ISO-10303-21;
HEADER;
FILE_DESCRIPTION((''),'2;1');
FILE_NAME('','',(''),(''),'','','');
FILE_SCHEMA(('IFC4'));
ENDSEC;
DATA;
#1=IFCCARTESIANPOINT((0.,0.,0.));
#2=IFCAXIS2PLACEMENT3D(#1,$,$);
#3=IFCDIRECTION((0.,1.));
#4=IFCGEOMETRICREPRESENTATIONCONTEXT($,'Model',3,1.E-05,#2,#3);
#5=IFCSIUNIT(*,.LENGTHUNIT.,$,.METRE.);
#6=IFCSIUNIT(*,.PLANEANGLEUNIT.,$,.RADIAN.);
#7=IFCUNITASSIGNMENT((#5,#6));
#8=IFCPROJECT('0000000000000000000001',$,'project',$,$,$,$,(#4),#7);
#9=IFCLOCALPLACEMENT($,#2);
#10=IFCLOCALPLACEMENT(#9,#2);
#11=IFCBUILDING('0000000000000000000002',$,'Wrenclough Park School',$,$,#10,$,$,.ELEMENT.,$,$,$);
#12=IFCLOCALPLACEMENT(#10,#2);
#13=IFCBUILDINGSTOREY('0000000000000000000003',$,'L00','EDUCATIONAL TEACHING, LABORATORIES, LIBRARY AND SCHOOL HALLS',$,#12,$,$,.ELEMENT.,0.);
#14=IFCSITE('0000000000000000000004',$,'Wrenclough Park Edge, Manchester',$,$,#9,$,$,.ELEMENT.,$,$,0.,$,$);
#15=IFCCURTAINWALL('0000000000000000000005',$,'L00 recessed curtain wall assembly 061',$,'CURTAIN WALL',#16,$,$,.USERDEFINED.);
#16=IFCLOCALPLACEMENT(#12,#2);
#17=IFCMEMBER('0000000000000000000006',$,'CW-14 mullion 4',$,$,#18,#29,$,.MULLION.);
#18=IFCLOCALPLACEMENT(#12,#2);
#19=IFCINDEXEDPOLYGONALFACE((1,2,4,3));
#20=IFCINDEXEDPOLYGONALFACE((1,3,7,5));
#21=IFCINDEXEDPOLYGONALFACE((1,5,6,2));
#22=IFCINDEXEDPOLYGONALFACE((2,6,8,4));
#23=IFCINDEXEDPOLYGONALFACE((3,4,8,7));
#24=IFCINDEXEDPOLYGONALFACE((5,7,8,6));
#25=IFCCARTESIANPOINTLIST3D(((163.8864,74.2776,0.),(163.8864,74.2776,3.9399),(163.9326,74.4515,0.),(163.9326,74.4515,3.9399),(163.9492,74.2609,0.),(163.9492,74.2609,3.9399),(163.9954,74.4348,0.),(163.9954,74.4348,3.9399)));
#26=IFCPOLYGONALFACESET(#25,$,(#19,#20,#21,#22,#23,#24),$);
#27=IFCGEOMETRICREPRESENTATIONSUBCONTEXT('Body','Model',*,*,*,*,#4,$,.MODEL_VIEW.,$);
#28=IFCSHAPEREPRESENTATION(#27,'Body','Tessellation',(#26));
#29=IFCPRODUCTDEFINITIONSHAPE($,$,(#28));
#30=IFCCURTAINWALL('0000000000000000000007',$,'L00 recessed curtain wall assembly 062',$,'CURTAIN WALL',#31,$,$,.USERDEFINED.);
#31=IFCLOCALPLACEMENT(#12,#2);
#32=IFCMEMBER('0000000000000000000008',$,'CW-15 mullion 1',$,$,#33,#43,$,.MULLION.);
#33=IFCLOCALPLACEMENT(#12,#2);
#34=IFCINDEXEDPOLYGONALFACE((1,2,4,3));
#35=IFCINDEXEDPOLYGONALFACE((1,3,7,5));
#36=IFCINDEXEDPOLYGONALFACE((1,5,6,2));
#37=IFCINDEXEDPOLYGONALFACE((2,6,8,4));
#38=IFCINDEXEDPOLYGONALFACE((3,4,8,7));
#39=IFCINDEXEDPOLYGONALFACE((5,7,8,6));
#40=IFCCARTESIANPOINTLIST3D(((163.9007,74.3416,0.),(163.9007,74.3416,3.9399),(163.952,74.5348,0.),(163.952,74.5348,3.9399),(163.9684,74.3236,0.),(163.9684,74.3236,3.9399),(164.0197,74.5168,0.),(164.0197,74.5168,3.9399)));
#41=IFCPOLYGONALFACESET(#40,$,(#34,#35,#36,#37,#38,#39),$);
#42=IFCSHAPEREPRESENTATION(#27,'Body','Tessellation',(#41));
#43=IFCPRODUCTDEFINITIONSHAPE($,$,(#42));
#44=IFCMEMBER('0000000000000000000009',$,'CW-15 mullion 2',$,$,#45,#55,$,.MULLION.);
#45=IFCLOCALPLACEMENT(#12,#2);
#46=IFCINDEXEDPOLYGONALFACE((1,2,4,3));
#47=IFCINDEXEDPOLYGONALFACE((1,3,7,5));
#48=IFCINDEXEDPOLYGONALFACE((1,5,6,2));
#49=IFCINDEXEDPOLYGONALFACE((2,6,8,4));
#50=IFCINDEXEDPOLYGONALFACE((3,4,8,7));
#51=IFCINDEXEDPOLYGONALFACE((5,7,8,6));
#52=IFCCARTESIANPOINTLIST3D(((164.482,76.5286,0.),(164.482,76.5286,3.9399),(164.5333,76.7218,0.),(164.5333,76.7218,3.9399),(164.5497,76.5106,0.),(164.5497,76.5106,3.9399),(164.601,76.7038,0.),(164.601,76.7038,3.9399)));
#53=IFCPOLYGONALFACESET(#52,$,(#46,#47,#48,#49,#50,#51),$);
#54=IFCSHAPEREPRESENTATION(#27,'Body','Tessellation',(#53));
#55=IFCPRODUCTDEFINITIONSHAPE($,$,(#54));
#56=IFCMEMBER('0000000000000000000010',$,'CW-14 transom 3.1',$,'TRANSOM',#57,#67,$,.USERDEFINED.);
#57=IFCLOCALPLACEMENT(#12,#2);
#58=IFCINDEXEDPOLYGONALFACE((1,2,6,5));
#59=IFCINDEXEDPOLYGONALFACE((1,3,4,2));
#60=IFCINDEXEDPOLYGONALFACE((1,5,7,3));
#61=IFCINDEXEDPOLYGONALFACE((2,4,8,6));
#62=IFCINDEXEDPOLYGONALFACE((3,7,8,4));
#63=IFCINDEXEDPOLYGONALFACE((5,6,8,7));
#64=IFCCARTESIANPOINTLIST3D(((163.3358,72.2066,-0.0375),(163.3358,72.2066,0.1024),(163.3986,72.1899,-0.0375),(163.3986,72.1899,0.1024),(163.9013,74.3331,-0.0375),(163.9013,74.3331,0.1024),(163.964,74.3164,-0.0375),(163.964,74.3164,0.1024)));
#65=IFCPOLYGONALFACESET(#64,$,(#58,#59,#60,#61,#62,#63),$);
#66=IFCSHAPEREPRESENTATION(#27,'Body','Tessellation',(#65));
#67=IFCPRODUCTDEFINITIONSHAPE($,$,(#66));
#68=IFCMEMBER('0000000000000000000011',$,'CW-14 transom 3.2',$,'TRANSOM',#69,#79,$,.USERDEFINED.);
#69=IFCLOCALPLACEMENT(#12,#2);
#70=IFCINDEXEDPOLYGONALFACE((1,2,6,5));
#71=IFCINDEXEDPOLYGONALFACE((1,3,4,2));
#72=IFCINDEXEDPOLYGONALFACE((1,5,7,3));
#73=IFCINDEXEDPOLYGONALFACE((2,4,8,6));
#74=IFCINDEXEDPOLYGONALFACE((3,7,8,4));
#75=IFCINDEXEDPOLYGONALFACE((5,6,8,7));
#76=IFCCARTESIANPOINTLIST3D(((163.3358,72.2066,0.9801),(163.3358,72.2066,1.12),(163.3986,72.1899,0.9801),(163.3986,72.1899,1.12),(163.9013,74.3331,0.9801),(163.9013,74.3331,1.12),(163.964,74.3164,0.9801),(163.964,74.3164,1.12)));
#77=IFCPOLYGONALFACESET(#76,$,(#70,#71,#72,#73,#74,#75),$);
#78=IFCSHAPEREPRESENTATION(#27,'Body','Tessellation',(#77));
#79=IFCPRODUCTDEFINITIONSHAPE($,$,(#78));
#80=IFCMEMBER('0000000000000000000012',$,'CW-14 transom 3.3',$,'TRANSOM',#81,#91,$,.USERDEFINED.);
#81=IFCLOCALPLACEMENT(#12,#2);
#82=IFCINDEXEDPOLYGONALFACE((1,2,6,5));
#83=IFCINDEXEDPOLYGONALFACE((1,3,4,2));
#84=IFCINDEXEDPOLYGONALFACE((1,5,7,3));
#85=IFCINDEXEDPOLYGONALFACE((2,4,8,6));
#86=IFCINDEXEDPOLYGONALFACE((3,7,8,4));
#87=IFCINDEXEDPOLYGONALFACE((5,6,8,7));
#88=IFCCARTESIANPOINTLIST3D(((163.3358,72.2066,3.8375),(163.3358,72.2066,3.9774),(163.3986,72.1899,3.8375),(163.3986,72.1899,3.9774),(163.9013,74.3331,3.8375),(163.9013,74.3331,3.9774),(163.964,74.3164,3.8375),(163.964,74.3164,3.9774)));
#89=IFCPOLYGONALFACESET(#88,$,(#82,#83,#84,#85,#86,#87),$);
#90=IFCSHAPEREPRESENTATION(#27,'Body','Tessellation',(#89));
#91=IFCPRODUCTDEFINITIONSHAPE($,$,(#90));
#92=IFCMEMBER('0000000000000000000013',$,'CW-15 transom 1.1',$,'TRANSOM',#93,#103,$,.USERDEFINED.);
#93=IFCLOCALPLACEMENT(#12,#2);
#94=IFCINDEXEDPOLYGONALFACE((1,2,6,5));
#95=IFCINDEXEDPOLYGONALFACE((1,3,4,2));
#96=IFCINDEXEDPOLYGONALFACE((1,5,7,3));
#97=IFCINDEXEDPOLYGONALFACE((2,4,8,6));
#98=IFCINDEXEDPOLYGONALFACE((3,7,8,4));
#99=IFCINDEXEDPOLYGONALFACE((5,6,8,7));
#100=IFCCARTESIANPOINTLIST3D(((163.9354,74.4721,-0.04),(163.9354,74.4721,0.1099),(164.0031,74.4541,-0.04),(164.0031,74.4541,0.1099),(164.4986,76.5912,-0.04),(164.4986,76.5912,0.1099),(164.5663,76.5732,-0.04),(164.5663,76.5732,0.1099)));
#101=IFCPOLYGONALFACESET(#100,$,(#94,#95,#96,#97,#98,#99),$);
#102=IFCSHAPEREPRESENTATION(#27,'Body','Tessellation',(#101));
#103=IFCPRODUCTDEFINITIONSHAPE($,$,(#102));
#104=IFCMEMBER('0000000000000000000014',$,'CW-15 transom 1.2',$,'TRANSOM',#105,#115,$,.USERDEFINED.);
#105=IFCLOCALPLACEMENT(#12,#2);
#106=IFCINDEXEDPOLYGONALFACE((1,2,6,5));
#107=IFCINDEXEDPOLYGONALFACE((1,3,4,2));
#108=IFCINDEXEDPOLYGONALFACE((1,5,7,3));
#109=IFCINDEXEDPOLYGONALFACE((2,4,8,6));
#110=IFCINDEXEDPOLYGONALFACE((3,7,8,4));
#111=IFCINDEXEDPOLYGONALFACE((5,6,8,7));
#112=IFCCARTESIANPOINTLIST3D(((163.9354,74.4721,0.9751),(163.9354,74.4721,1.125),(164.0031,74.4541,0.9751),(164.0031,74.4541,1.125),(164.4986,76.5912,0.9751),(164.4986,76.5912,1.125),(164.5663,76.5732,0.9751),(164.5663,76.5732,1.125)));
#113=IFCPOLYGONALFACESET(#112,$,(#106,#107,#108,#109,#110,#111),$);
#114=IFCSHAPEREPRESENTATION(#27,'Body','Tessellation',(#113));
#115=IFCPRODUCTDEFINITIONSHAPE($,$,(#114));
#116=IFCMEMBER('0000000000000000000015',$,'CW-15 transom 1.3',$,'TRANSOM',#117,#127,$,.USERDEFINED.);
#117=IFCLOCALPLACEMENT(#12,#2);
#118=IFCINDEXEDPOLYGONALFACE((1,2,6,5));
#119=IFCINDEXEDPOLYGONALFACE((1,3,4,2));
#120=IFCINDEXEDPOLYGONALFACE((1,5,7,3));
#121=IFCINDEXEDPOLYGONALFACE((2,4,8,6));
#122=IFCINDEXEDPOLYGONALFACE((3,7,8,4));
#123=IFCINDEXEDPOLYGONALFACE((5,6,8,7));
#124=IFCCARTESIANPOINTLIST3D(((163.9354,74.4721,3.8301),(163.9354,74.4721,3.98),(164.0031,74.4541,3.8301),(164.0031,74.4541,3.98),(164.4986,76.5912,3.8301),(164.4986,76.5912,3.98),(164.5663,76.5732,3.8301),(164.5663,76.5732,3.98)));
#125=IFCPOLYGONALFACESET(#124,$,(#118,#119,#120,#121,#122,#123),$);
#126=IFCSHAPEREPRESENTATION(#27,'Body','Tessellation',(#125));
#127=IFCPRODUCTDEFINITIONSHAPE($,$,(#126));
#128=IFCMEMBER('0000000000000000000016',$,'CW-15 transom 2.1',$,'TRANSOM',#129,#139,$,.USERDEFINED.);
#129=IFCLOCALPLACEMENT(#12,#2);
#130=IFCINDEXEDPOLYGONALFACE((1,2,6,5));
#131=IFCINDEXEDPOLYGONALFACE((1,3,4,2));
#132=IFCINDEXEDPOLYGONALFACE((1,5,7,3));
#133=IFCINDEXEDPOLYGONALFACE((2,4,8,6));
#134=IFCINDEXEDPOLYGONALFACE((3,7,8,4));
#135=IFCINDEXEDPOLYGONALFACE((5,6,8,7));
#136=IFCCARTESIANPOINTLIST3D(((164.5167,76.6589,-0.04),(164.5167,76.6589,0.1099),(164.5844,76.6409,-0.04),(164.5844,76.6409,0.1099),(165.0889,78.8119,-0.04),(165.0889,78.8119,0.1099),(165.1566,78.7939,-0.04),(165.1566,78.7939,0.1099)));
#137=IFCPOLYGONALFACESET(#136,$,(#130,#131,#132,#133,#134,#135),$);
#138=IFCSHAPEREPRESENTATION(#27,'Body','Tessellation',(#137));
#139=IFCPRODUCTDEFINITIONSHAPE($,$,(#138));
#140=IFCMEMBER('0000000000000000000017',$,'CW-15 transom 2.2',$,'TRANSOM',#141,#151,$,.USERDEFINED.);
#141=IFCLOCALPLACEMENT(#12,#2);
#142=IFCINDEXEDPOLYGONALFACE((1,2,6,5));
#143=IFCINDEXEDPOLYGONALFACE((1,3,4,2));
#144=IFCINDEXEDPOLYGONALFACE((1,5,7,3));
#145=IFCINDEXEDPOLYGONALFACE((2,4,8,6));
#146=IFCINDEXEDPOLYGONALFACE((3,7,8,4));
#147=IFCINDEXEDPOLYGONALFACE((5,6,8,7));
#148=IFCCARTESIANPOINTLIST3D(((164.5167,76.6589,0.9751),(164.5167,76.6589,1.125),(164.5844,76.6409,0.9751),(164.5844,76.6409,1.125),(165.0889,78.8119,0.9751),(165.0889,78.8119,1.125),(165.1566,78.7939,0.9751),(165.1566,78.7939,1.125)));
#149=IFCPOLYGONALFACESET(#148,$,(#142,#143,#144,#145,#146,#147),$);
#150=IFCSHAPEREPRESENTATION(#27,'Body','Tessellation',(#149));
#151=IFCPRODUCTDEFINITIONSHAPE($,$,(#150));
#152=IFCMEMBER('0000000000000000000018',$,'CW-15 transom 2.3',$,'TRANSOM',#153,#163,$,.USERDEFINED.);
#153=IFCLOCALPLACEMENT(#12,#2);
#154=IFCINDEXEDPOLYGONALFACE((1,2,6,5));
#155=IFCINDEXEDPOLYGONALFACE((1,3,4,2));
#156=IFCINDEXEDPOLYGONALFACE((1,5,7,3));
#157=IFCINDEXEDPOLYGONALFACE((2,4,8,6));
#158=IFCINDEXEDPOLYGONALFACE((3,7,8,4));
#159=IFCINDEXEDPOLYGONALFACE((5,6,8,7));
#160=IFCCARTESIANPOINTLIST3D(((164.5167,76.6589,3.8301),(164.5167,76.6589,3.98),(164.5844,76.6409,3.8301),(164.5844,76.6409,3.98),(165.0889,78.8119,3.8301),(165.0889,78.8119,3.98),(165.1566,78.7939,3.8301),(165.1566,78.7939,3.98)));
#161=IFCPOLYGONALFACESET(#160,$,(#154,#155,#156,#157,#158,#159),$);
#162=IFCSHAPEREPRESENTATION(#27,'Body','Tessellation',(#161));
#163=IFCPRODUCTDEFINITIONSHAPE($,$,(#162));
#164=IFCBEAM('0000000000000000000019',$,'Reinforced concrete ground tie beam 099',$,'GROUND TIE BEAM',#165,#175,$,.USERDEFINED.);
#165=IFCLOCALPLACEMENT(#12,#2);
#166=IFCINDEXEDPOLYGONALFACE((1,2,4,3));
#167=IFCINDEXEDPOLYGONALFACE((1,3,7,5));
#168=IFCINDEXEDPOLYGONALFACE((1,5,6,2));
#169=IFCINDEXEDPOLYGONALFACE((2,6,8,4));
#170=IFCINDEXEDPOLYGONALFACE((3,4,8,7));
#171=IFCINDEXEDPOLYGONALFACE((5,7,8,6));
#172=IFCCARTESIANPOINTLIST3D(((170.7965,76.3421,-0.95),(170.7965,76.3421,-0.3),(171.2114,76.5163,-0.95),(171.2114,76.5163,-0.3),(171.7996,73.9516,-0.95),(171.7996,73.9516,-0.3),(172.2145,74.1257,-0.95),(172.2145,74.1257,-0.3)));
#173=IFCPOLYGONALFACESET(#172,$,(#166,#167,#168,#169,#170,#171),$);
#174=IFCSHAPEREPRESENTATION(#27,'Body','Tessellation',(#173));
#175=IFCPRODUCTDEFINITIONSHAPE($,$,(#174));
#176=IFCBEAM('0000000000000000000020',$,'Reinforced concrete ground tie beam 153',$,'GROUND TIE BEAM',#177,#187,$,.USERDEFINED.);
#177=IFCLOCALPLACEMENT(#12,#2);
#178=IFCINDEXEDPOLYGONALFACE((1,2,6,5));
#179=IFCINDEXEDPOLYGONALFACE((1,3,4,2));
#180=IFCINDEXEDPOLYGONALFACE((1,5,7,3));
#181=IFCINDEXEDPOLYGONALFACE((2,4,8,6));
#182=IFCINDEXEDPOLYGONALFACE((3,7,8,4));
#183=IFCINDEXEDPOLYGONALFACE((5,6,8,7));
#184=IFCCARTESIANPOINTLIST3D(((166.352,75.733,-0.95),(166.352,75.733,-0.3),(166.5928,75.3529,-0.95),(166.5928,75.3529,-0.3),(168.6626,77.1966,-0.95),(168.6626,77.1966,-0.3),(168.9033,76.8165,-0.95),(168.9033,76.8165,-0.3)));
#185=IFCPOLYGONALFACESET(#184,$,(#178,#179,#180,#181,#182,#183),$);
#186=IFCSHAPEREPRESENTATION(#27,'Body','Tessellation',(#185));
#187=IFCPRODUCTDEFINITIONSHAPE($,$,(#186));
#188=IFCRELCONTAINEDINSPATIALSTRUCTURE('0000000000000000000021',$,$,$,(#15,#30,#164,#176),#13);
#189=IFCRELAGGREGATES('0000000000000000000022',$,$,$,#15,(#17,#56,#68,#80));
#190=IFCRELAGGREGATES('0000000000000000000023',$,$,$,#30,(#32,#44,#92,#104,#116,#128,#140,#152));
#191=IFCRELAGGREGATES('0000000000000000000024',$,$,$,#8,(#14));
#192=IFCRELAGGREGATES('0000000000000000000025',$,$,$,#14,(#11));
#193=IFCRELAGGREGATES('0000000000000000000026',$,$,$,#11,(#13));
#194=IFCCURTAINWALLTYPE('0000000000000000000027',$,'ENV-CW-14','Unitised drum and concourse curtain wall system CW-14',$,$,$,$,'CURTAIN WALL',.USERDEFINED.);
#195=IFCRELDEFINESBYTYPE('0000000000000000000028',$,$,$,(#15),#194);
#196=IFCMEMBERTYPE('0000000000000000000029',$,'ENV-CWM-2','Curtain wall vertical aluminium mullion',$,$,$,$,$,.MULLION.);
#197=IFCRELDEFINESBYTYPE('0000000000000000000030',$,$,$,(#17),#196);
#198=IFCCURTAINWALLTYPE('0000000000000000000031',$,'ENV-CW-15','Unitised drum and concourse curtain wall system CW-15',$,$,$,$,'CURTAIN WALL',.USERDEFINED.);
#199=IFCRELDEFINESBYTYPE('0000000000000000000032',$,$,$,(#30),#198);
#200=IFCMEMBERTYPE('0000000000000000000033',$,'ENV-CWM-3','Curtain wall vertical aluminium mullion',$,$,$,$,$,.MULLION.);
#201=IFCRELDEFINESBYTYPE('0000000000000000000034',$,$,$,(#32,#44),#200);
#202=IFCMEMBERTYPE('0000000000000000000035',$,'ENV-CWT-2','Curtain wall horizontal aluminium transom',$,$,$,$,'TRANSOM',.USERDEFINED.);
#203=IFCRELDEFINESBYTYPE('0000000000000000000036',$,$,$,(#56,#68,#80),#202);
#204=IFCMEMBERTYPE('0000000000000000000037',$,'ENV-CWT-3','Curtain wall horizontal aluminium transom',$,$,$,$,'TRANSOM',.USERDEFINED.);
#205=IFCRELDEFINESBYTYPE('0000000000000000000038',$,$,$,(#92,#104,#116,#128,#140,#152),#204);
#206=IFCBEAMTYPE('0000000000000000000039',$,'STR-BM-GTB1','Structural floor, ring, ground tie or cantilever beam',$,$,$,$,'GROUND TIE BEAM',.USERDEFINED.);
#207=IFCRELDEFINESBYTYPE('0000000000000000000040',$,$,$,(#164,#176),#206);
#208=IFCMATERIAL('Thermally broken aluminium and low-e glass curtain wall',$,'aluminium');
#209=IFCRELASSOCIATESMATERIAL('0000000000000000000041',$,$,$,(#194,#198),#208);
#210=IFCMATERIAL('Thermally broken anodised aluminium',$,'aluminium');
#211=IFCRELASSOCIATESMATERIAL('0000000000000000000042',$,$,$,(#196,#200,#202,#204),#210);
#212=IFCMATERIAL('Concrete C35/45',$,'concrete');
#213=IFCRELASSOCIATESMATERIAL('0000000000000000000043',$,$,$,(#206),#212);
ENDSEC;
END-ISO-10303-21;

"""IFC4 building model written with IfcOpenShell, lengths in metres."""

from ifc_helpers import new_model, si_unit, direction, frame, origin, origin_2d, place, context, subcontext, project, spatial, rectangle, extrude, material, material_profile, profile_set, type_object, element, aggregate, save


model = new_model("IFC4")

# Units and contexts
model_context = context("Model", 3, precision=1e-05, world=origin(), true_north=direction((0.0, 1.0)))
body_context = subcontext(model_context, "Body", "Model", "MODEL_VIEW")
ifc_project = project(units=[si_unit("LENGTHUNIT", "METRE"), si_unit("PLANEANGLEUNIT", "RADIAN")], contexts=[model_context])

# Site, building, storey
site_placement = place(None, origin())
site = spatial("IfcSite", under=ifc_project, at=site_placement, Name="Wrenclough Park Edge, Manchester", CompositionType="ELEMENT", RefElevation=0.0)
building_placement = place(site_placement, origin())
building = spatial("IfcBuilding", under=site, at=building_placement, Name="Wrenclough Park School", CompositionType="ELEMENT")
storey_placement = place(building_placement, origin())
storey = spatial("IfcBuildingStorey", under=building, at=storey_placement, Name="L00", Description="EDUCATIONAL TEACHING, LABORATORIES, LIBRARY AND SCHOOL HALLS", CompositionType="ELEMENT", Elevation=0.0)

# Shared definitions
ifc_material_1 = material(Name="Concrete C35/45", Category="concrete")

# Curtain walls, members
ifc_material_2 = material(Name="Thermally broken aluminium and low-e glass curtain wall", Category="aluminium")
curtain_wall_type_1 = type_object("IfcCurtainWallType", Name="ENV-CW-14", Description="Unitised drum and concourse curtain wall system CW-14", ElementType="CURTAIN WALL", PredefinedType="USERDEFINED", material=ifc_material_2)
curtain_wall_1_placement = place(storey_placement, origin())
curtain_wall_1 = element("IfcCurtainWall", 1, at=curtain_wall_1_placement, inside=storey, type_object=curtain_wall_type_1, Name="L00 recessed curtain wall assembly 061", ObjectType="CURTAIN WALL", PredefinedType="USERDEFINED")
ifc_material_3 = material(Name="Thermally broken anodised aluminium", Category="aluminium")
ifc_material_profile_1 = material_profile(ifc_material_3, rectangle(XDim=0.0649, YDim=0.1799, at=origin_2d()), Name="AL MULLION 65x180")
ifc_profile_set_1 = profile_set([ifc_material_profile_1], Name="Thermally broken anodised aluminium")
member_type_1 = type_object("IfcMemberType", Name="ENV-CWM-2", Description="Curtain wall vertical aluminium mullion", PredefinedType="MULLION", material=ifc_profile_set_1)
member_1_placement = place(storey_placement, frame((163.9409, 74.3562, 0.0), z_axis=(0.0, 0.0, 1.0), x_axis=(-0.966438, 0.2569, 0.0)))
member_1 = element("IfcMember", 2, at=member_1_placement, type_object=member_type_1, Name="CW-14 mullion 4", PredefinedType="MULLION", context=body_context, shape_type="SweptSolid", body=[
    extrude(rectangle(XDim=0.0649, YDim=0.1799, at=origin_2d()), origin(), (0.0, 0.0, 1.0), 3.9399),
])
curtain_wall_type_2 = type_object("IfcCurtainWallType", Name="ENV-CW-15", Description="Unitised drum and concourse curtain wall system CW-15", ElementType="CURTAIN WALL", PredefinedType="USERDEFINED", material=ifc_material_2)
curtain_wall_2_placement = place(storey_placement, origin())
curtain_wall_2 = element("IfcCurtainWall", 3, at=curtain_wall_2_placement, inside=storey, type_object=curtain_wall_type_2, Name="L00 recessed curtain wall assembly 062", ObjectType="CURTAIN WALL", PredefinedType="USERDEFINED")
ifc_material_profile_2 = material_profile(ifc_material_3, rectangle(XDim=0.0701, YDim=0.2, at=origin_2d()), Name="AL MULLION 70x200")
ifc_profile_set_2 = profile_set([ifc_material_profile_2], Name="Thermally broken anodised aluminium")
member_type_2 = type_object("IfcMemberType", Name="ENV-CWM-3", Description="Curtain wall vertical aluminium mullion", PredefinedType="MULLION", material=ifc_profile_set_2)
member_2_placement = place(storey_placement, frame((163.9602, 74.4292, 0.0), z_axis=(0.0, 0.0, 1.0), x_axis=(-0.966439, 0.256896, 0.0)))
member_2 = element("IfcMember", 4, at=member_2_placement, type_object=member_type_2, Name="CW-15 mullion 1", PredefinedType="MULLION", context=body_context, shape_type="SweptSolid", body=[
    extrude(rectangle(XDim=0.0701, YDim=0.2, at=origin_2d()), origin(), (0.0, 0.0, 1.0), 3.9399),
])
member_3_placement = place(storey_placement, frame((164.5415, 76.6162, 0.0), z_axis=(0.0, 0.0, 1.0), x_axis=(-0.966439, 0.256896, 0.0)))
member_3 = element("IfcMember", 5, at=member_3_placement, type_object=member_type_2, Name="CW-15 mullion 2", PredefinedType="MULLION", context=body_context, shape_type="SweptSolid", body=[
    extrude(rectangle(XDim=0.0701, YDim=0.2, at=origin_2d()), origin(), (0.0, 0.0, 1.0), 3.9399),
])

# Members
ifc_material_profile_3 = material_profile(ifc_material_3, rectangle(XDim=0.0649, YDim=0.1399, at=origin_2d()), Name="AL TRANSOM 65x140")
ifc_profile_set_3 = profile_set([ifc_material_profile_3], Name="Thermally broken anodised aluminium")
member_type_3 = type_object("IfcMemberType", Name="ENV-CWT-2", Description="Curtain wall horizontal aluminium transom", ElementType="TRANSOM", PredefinedType="USERDEFINED", material=ifc_profile_set_3)
member_4_placement = place(storey_placement, frame((163.3672, 72.1982, 0.0325), z_axis=(0.256972, 0.966419, 0.0), x_axis=(-0.966419, 0.256972, 0.0)))
member_4 = element("IfcMember", 6, at=member_4_placement, type_object=member_type_3, Name="CW-14 transom 3.1", ObjectType="TRANSOM", PredefinedType="USERDEFINED", context=body_context, shape_type="SweptSolid", body=[
    extrude(rectangle(XDim=0.0649, YDim=0.1399, at=origin_2d()), origin(), (0.0, 0.0, 1.0), 2.2004),
])
member_5_placement = place(storey_placement, frame((163.3672, 72.1982, 1.05), z_axis=(0.256972, 0.966419, 0.0), x_axis=(-0.966419, 0.256972, 0.0)))
member_5 = element("IfcMember", 7, at=member_5_placement, type_object=member_type_3, Name="CW-14 transom 3.2", ObjectType="TRANSOM", PredefinedType="USERDEFINED", context=body_context, shape_type="SweptSolid", body=[
    extrude(rectangle(XDim=0.0649, YDim=0.1399, at=origin_2d()), origin(), (0.0, 0.0, 1.0), 2.2004),
])
member_6_placement = place(storey_placement, frame((163.3672, 72.1982, 3.9075), z_axis=(0.256972, 0.966419, 0.0), x_axis=(-0.966419, 0.256972, 0.0)))
member_6 = element("IfcMember", 8, at=member_6_placement, type_object=member_type_3, Name="CW-14 transom 3.3", ObjectType="TRANSOM", PredefinedType="USERDEFINED", context=body_context, shape_type="SweptSolid", body=[
    extrude(rectangle(XDim=0.0649, YDim=0.1399, at=origin_2d()), origin(), (0.0, 0.0, 1.0), 2.2004),
])
ifc_material_profile_4 = material_profile(ifc_material_3, rectangle(XDim=0.0701, YDim=0.1499, at=origin_2d()), Name="AL TRANSOM 70x150")
ifc_profile_set_4 = profile_set([ifc_material_profile_4], Name="Thermally broken anodised aluminium")
member_type_4 = type_object("IfcMemberType", Name="ENV-CWT-3", Description="Curtain wall horizontal aluminium transom", ElementType="TRANSOM", PredefinedType="USERDEFINED", material=ifc_profile_set_4)
member_7_placement = place(storey_placement, frame((163.9692, 74.4631, 0.0349), z_axis=(0.256866, 0.966447, 0.0), x_axis=(-0.966447, 0.256866, 0.0)))
member_7 = element("IfcMember", 9, at=member_7_placement, type_object=member_type_4, Name="CW-15 transom 1.1", ObjectType="TRANSOM", PredefinedType="USERDEFINED", context=body_context, shape_type="SweptSolid", body=[
    extrude(rectangle(XDim=0.0701, YDim=0.1499, at=origin_2d()), origin(), (0.0, 0.0, 1.0), 2.1926),
])
member_8_placement = place(storey_placement, frame((163.9692, 74.4631, 1.05), z_axis=(0.256866, 0.966447, 0.0), x_axis=(-0.966447, 0.256866, 0.0)))
member_8 = element("IfcMember", 10, at=member_8_placement, type_object=member_type_4, Name="CW-15 transom 1.2", ObjectType="TRANSOM", PredefinedType="USERDEFINED", context=body_context, shape_type="SweptSolid", body=[
    extrude(rectangle(XDim=0.0701, YDim=0.1499, at=origin_2d()), origin(), (0.0, 0.0, 1.0), 2.1926),
])
member_9_placement = place(storey_placement, frame((163.9692, 74.4631, 3.905), z_axis=(0.256866, 0.966447, 0.0), x_axis=(-0.966447, 0.256866, 0.0)))
member_9 = element("IfcMember", 11, at=member_9_placement, type_object=member_type_4, Name="CW-15 transom 1.3", ObjectType="TRANSOM", PredefinedType="USERDEFINED", context=body_context, shape_type="SweptSolid", body=[
    extrude(rectangle(XDim=0.0701, YDim=0.1499, at=origin_2d()), origin(), (0.0, 0.0, 1.0), 2.1926),
])
member_10_placement = place(storey_placement, frame((164.5505, 76.6499, 0.0349), z_axis=(0.256871, 0.966446, 0.0), x_axis=(-0.966446, 0.256871, 0.0)))
member_10 = element("IfcMember", 12, at=member_10_placement, type_object=member_type_4, Name="CW-15 transom 2.1", ObjectType="TRANSOM", PredefinedType="USERDEFINED", context=body_context, shape_type="SweptSolid", body=[
    extrude(rectangle(XDim=0.0701, YDim=0.1499, at=origin_2d()), origin(), (0.0, 0.0, 1.0), 2.2278),
])
member_11_placement = place(storey_placement, frame((164.5505, 76.6499, 1.05), z_axis=(0.256871, 0.966446, 0.0), x_axis=(-0.966446, 0.256871, 0.0)))
member_11 = element("IfcMember", 13, at=member_11_placement, type_object=member_type_4, Name="CW-15 transom 2.2", ObjectType="TRANSOM", PredefinedType="USERDEFINED", context=body_context, shape_type="SweptSolid", body=[
    extrude(rectangle(XDim=0.0701, YDim=0.1499, at=origin_2d()), origin(), (0.0, 0.0, 1.0), 2.2278),
])
member_12_placement = place(storey_placement, frame((164.5505, 76.6499, 3.905), z_axis=(0.256871, 0.966446, 0.0), x_axis=(-0.966446, 0.256871, 0.0)))
member_12 = element("IfcMember", 14, at=member_12_placement, type_object=member_type_4, Name="CW-15 transom 2.3", ObjectType="TRANSOM", PredefinedType="USERDEFINED", context=body_context, shape_type="SweptSolid", body=[
    extrude(rectangle(XDim=0.0701, YDim=0.1499, at=origin_2d()), origin(), (0.0, 0.0, 1.0), 2.2278),
])

# Beams
ifc_material_profile_5 = material_profile(ifc_material_1, rectangle(XDim=0.45, YDim=0.6499, at=origin_2d()), Name="RC GROUND 450x650")
ifc_profile_set_5 = profile_set([ifc_material_profile_5], Name="Concrete C35/45")
beam_type = type_object("IfcBeamType", Name="STR-BM-GTB1", Description="Structural floor, ring, ground tie or cantilever beam", ElementType="GROUND TIE BEAM", PredefinedType="USERDEFINED", material=ifc_profile_set_5)
beam_1_placement = place(storey_placement, frame((171.0039, 76.4292, -0.625), z_axis=(0.386941, -0.922104, 0.0), x_axis=(0.922104, 0.386941, 0.0)))
element("IfcBeam", 15, at=beam_1_placement, inside=storey, type_object=beam_type, Name="Reinforced concrete ground tie beam 099", ObjectType="GROUND TIE BEAM", PredefinedType="USERDEFINED", context=body_context, shape_type="SweptSolid", body=[
    extrude(rectangle(XDim=0.45, YDim=0.6499, at=origin_2d()), origin(), (0.0, 0.0, 1.0), 2.5925),
])
beam_2_placement = place(storey_placement, frame((166.4724, 75.543, -0.625), z_axis=(0.844773, 0.535124, 0.0), x_axis=(-0.535124, 0.844773, 0.0)))
element("IfcBeam", 16, at=beam_2_placement, inside=storey, type_object=beam_type, Name="Reinforced concrete ground tie beam 153", ObjectType="GROUND TIE BEAM", PredefinedType="USERDEFINED", context=body_context, shape_type="SweptSolid", body=[
    extrude(rectangle(XDim=0.45, YDim=0.6499, at=origin_2d()), origin(), (0.0, 0.0, 1.0), 2.7351),
])

aggregate(curtain_wall_1, [member_1, member_4, member_5, member_6])
aggregate(curtain_wall_2, [member_2, member_3, member_7, member_8, member_9, member_10, member_11, member_12])

save(model, "model.ifc")
